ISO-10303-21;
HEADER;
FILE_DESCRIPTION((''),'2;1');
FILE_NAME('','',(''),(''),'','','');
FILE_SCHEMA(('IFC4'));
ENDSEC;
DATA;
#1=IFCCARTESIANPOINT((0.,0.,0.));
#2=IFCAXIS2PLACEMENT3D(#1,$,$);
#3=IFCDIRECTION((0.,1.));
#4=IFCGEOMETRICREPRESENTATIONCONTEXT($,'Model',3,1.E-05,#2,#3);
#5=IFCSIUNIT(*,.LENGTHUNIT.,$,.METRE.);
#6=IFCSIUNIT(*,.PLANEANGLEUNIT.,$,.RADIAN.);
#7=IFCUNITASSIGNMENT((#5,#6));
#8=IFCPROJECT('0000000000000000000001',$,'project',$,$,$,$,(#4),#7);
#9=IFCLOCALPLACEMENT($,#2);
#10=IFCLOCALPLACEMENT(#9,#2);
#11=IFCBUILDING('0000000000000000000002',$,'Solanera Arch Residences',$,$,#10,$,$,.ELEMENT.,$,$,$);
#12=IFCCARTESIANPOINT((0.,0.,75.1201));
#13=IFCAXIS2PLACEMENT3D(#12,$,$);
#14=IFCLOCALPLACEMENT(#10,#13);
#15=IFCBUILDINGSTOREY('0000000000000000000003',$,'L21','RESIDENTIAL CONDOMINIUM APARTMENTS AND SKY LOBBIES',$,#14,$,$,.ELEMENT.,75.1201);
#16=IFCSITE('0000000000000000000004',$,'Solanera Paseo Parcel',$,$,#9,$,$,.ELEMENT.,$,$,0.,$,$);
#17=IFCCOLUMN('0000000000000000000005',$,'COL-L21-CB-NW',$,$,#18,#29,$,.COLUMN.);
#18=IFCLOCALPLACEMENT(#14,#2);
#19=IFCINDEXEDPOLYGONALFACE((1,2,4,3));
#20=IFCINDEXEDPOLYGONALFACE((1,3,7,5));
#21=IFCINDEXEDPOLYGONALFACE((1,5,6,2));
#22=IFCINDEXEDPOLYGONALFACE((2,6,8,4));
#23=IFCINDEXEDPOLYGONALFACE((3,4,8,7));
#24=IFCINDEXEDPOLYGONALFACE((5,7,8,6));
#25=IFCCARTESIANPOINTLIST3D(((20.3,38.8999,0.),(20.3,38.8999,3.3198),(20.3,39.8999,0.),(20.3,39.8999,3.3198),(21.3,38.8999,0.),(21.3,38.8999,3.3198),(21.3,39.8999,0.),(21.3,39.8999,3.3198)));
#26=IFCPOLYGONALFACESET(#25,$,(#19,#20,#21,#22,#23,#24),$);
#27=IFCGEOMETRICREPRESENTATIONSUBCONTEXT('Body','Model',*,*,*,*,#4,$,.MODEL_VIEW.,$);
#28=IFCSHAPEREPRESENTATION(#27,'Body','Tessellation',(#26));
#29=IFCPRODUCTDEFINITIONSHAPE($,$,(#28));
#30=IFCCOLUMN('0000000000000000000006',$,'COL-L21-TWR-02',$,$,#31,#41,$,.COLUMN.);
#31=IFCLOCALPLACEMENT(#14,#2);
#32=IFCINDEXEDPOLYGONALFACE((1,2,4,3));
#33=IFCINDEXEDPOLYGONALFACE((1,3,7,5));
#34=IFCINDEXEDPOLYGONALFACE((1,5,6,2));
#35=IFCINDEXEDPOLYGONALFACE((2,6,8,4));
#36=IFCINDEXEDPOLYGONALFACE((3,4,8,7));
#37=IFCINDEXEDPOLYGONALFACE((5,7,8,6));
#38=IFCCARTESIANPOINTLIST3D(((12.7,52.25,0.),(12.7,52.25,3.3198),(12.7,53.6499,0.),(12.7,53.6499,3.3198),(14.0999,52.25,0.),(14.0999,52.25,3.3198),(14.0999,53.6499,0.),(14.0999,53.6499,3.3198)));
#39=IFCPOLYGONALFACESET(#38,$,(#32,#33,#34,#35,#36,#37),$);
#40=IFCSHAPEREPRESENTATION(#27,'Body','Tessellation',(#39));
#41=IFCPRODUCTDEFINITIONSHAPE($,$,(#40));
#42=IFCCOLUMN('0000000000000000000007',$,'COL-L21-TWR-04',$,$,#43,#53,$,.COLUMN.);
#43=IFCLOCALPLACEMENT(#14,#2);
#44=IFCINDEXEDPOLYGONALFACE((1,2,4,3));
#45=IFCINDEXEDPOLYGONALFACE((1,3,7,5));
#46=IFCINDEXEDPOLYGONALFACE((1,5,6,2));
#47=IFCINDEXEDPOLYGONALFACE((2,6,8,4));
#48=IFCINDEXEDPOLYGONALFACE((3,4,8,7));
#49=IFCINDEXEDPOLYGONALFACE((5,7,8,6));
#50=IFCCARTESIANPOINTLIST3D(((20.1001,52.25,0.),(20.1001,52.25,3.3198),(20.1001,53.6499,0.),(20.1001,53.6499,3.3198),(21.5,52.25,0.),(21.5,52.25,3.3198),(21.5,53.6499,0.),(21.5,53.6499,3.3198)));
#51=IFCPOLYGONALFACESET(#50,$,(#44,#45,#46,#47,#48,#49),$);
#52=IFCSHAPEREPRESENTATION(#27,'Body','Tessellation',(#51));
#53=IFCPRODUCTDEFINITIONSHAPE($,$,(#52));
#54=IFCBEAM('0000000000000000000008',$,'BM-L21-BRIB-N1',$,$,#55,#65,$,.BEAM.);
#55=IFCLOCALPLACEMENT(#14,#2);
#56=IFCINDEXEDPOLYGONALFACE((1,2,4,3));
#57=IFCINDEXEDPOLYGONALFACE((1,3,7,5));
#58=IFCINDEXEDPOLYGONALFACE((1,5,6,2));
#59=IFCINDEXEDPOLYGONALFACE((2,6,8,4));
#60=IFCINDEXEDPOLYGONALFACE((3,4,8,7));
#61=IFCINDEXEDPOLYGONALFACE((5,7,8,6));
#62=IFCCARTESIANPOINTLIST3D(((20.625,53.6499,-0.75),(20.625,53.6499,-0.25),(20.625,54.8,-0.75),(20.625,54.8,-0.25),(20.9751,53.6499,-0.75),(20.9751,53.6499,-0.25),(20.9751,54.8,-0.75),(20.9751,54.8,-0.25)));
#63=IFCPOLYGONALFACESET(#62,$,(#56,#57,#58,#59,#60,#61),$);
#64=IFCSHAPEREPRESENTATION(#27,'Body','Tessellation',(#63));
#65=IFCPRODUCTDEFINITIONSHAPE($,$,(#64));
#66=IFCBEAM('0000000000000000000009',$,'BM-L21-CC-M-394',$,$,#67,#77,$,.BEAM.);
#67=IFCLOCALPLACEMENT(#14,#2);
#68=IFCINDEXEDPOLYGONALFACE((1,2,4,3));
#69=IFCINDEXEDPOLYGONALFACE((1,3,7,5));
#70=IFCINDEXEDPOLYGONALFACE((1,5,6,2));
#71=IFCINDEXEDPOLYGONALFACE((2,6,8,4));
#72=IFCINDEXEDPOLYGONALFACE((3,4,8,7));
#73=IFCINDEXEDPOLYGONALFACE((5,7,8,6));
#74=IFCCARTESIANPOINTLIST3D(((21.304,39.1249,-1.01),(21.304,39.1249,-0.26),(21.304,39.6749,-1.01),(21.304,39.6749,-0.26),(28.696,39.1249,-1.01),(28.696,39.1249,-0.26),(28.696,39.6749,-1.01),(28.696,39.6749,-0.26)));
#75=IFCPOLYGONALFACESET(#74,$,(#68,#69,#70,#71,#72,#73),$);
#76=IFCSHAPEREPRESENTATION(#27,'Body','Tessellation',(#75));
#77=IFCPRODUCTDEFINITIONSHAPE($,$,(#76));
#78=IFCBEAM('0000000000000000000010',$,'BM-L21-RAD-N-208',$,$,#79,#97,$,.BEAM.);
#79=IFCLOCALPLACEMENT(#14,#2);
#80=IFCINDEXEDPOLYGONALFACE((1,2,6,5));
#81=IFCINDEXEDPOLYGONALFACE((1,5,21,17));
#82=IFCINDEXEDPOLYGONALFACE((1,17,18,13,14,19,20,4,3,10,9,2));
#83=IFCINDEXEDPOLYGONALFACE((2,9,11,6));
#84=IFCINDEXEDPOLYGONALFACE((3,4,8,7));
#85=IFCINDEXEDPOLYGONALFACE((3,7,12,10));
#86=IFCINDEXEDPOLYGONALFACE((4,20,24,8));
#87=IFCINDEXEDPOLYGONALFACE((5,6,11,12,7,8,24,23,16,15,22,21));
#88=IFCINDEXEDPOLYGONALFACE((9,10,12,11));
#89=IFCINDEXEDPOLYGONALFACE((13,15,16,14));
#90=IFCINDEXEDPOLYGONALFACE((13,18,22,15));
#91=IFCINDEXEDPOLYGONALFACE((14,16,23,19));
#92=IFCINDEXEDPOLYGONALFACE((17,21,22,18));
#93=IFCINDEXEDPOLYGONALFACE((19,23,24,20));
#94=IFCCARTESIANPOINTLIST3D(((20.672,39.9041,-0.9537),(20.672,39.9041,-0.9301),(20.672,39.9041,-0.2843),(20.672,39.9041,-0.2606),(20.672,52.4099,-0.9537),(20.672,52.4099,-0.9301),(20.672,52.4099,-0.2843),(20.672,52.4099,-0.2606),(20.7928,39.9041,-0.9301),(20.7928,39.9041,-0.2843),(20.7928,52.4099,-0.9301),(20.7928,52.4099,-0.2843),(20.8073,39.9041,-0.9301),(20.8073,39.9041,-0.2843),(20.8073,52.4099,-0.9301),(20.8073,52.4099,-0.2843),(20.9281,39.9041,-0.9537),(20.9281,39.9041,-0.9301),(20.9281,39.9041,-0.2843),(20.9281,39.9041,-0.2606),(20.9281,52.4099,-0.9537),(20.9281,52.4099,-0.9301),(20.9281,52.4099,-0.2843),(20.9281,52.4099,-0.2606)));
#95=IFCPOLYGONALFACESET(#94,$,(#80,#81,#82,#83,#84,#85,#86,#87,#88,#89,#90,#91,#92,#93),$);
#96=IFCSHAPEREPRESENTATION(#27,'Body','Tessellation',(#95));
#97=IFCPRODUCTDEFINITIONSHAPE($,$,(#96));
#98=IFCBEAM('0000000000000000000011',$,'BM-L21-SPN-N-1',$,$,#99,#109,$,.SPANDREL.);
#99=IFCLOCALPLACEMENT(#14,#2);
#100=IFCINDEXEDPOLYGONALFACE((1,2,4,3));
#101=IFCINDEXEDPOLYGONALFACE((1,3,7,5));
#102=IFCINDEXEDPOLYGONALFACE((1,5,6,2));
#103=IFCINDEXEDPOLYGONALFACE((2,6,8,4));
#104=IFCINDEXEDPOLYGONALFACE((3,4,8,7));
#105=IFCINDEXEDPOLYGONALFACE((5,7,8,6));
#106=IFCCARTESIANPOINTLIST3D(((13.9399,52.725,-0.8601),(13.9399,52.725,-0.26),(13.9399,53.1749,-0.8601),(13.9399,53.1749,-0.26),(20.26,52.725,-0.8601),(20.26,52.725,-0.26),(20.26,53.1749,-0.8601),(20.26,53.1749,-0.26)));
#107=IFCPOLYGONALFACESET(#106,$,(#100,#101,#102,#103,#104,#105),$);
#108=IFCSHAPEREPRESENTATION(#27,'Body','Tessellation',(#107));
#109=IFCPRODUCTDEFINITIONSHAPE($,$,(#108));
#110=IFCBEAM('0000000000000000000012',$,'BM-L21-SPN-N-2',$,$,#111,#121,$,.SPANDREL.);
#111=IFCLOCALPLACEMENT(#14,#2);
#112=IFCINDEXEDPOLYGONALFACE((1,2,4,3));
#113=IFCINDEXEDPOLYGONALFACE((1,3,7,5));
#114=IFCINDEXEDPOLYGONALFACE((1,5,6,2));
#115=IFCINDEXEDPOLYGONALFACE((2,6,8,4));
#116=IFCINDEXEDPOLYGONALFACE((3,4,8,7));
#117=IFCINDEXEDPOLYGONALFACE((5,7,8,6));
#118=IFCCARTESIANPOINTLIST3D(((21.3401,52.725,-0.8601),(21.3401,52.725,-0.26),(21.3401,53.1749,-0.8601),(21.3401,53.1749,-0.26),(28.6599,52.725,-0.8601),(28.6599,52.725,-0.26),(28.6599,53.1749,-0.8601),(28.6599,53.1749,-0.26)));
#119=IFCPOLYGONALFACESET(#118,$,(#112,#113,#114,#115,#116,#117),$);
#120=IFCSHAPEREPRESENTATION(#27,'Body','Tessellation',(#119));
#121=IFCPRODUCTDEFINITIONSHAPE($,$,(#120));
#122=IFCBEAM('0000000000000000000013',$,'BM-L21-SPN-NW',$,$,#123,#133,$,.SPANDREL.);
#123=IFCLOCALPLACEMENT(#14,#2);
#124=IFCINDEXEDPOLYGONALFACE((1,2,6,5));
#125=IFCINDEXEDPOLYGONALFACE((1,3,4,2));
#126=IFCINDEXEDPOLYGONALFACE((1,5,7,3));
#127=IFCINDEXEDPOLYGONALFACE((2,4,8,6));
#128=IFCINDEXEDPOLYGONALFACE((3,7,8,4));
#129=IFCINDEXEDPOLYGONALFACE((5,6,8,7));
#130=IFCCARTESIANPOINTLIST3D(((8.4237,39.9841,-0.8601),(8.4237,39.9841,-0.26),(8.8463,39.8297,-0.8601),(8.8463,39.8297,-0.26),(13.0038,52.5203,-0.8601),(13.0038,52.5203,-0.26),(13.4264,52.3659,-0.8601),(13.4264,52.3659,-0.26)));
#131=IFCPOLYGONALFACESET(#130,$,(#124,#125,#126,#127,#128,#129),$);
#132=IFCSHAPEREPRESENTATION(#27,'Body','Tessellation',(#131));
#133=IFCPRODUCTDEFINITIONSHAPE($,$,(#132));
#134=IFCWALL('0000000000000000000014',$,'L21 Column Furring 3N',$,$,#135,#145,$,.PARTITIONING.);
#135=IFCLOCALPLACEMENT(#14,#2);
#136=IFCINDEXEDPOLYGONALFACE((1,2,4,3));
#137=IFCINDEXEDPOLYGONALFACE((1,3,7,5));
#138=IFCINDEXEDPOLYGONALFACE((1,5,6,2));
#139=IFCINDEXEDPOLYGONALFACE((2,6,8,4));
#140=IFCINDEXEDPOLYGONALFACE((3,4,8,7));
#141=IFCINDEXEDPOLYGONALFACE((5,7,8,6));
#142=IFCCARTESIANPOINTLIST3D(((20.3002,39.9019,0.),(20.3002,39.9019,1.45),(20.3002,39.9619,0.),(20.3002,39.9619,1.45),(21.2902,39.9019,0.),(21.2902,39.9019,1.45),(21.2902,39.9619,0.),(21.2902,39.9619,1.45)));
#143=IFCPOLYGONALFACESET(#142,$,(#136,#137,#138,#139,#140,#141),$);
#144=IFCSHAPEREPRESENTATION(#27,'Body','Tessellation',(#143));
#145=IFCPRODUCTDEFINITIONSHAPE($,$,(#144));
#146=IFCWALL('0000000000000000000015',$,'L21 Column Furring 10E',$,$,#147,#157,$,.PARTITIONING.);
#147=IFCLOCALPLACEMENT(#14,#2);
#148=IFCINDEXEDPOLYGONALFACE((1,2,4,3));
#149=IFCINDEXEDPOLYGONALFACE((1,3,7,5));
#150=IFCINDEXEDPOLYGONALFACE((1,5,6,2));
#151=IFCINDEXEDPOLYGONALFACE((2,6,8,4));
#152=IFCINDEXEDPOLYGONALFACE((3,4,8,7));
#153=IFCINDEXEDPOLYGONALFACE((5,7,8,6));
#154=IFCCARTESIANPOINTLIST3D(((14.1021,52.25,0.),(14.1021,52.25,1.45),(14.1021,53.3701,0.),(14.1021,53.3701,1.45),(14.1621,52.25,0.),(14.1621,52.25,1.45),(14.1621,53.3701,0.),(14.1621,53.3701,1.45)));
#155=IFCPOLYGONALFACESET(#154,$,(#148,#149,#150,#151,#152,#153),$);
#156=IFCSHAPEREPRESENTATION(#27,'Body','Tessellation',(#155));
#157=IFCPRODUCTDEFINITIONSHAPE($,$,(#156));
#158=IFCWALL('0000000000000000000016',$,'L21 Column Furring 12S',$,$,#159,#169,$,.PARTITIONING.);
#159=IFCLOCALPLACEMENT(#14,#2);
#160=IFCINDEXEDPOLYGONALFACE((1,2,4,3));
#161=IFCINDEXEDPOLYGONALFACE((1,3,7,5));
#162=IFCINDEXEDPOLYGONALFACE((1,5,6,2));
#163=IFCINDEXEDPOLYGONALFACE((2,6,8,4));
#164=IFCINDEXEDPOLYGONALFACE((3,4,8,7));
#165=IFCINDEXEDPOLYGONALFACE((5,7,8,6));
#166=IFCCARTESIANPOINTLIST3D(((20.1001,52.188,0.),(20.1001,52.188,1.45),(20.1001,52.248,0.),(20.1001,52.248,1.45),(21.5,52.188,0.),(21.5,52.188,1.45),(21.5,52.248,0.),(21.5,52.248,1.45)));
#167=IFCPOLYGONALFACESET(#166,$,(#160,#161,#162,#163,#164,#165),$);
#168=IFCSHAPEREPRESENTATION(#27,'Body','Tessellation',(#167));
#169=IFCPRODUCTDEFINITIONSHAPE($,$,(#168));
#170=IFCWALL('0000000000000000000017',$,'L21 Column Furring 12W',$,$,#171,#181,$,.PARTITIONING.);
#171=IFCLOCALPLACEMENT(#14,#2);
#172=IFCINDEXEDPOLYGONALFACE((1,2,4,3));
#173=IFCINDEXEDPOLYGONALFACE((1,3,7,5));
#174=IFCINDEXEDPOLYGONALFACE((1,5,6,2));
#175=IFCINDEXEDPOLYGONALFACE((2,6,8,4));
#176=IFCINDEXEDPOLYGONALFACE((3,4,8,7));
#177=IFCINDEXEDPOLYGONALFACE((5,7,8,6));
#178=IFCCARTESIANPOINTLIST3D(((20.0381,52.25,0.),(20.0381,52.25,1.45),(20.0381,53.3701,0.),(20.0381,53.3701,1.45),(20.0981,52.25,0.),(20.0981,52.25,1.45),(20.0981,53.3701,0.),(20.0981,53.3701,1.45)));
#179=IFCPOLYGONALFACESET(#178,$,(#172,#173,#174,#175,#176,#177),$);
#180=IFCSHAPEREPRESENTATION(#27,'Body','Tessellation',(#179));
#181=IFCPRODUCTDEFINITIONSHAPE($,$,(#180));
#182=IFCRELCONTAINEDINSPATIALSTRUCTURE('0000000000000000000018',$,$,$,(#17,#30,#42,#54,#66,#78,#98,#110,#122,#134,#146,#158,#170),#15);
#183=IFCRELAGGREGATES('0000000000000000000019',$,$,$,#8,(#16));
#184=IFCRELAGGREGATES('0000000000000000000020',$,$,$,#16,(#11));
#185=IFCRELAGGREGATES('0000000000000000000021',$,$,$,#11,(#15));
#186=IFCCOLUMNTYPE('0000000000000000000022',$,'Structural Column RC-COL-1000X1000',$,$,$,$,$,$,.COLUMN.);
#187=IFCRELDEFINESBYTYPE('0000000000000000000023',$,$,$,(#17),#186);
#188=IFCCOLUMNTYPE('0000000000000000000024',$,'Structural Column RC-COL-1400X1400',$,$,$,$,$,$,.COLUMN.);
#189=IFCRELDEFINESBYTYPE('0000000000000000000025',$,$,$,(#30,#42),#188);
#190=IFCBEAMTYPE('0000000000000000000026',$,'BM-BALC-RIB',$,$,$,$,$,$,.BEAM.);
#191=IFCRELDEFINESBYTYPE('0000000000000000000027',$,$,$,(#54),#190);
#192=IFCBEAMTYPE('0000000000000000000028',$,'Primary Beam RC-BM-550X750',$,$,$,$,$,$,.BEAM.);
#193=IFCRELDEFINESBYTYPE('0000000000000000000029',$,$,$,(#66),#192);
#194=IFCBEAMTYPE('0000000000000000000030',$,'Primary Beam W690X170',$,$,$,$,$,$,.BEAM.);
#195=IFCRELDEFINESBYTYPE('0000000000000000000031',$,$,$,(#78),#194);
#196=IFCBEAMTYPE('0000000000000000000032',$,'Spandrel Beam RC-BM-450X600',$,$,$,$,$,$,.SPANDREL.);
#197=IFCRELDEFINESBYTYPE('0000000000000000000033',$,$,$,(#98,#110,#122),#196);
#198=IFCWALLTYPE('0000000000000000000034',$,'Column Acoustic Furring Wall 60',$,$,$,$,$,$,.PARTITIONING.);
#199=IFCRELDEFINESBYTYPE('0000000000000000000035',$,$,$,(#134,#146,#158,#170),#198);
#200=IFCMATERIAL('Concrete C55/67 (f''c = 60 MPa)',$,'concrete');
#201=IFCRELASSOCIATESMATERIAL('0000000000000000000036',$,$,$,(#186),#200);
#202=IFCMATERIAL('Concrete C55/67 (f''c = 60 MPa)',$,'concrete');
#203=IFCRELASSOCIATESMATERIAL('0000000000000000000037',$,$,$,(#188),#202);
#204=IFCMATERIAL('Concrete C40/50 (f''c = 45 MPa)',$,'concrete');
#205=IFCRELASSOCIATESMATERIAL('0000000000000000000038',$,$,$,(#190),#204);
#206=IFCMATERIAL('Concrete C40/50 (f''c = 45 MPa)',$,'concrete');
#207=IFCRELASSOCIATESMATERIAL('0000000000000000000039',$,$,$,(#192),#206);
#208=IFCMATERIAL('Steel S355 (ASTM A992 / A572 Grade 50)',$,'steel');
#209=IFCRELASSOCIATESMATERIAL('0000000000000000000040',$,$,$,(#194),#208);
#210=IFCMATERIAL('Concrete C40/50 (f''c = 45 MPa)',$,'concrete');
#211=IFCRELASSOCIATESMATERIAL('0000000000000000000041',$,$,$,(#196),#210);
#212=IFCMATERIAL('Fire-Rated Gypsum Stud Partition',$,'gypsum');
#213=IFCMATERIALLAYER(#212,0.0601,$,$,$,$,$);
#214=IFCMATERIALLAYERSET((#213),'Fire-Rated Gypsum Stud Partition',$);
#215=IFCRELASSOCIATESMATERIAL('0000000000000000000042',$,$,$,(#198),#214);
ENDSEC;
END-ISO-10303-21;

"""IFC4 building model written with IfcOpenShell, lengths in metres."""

from ifc_helpers import new_model, si_unit, direction, frame, frame_2d, origin, origin_2d, place, context, subcontext, project, spatial, rectangle, i_section, extrude, material, layer, layer_set, material_profile, profile_set, type_object, element, save


model = new_model("IFC4")

# Units and contexts
model_context = context("Model", 3, precision=1e-05, world=origin(), true_north=direction((0.0, 1.0)))
body_context = subcontext(model_context, "Body", "Model", "MODEL_VIEW")
ifc_project = project(units=[si_unit("LENGTHUNIT", "METRE"), si_unit("PLANEANGLEUNIT", "RADIAN")], contexts=[model_context])

# Site, building, storey
site_placement = place(None, origin())
site = spatial("IfcSite", under=ifc_project, at=site_placement, Name="Solanera Paseo Parcel", CompositionType="ELEMENT", RefElevation=0.0)
building_placement = place(site_placement, origin())
building = spatial("IfcBuilding", under=site, at=building_placement, Name="Solanera Arch Residences", CompositionType="ELEMENT")
storey_placement = place(building_placement, frame((0.0, 0.0, 75.1201)))
storey = spatial("IfcBuildingStorey", under=building, at=storey_placement, Name="L21", Description="RESIDENTIAL CONDOMINIUM APARTMENTS AND SKY LOBBIES", CompositionType="ELEMENT", Elevation=75.1201)

# Columns
ifc_material_1 = material(Name="Concrete C55/67 (f'c = 60 MPa)", Category="concrete")
ifc_material_profile_1 = material_profile(ifc_material_1, rectangle(XDim=1.0, YDim=1.0, at=origin_2d()))
ifc_profile_set_1 = profile_set([ifc_material_profile_1], Name="Concrete C55/67 (f'c = 60 MPa)")
column_type_1 = type_object("IfcColumnType", Name="Structural Column RC-COL-1000X1000", PredefinedType="COLUMN", material=ifc_profile_set_1)
column_placement = place(storey_placement, frame((20.8, 39.3999, 0.0), z_axis=(0.0, 0.0, 1.0), x_axis=(1.0, 0.0, 0.0)))
element("IfcColumn", 1, at=column_placement, inside=storey, type_object=column_type_1, Name="COL-L21-CB-NW", PredefinedType="COLUMN", context=body_context, shape_type="SweptSolid", body=[
    extrude(rectangle(XDim=1.0, YDim=1.0, at=origin_2d()), origin(), (0.0, 0.0, 1.0), 3.3198),
])
ifc_material_2 = material(Name="Concrete C55/67 (f'c = 60 MPa)", Category="concrete")
ifc_material_profile_2 = material_profile(ifc_material_2, rectangle(XDim=1.3999, YDim=1.3999, at=origin_2d()))
ifc_profile_set_2 = profile_set([ifc_material_profile_2], Name="Concrete C55/67 (f'c = 60 MPa)")
column_type_2 = type_object("IfcColumnType", Name="Structural Column RC-COL-1400X1400", PredefinedType="COLUMN", material=ifc_profile_set_2)
for number, where, z_axis, x_axis, name in (
    (2, (13.3999, 52.95, 0.0), (0.0, 0.0, 1.0), (1.0, 0.0, 0.0), "COL-L21-TWR-02"),
    (3, (20.8, 52.95, 0.0), (0.0, 0.0, 1.0), (1.0, 0.0, 0.0), "COL-L21-TWR-04"),
):
    element("IfcColumn", number, at=place(storey_placement, frame(where, z_axis=z_axis, x_axis=x_axis)), inside=storey, type_object=column_type_2, Name=name, PredefinedType="COLUMN", context=body_context, shape_type="SweptSolid", body=[
        extrude(rectangle(XDim=1.3999, YDim=1.3999, at=origin_2d()), origin(), (0.0, 0.0, 1.0), 3.3198),
    ])

# Beams
ifc_material_3 = material(Name="Concrete C40/50 (f'c = 45 MPa)", Category="concrete")
ifc_material_profile_3 = material_profile(ifc_material_3, rectangle(XDim=0.3501, YDim=0.5, at=origin_2d()))
ifc_profile_set_3 = profile_set([ifc_material_profile_3], Name="Concrete C40/50 (f'c = 45 MPa)")
beam_type_1 = type_object("IfcBeamType", Name="BM-BALC-RIB", PredefinedType="BEAM", material=ifc_profile_set_3)
beam_1_placement = place(storey_placement, frame((20.8, 53.6499, -0.5), z_axis=(0.0, 1.0, 0.0), x_axis=(-1.0, 0.0, 0.0)))
element("IfcBeam", 4, at=beam_1_placement, inside=storey, type_object=beam_type_1, Name="BM-L21-BRIB-N1", PredefinedType="BEAM", context=body_context, shape_type="SweptSolid", body=[
    extrude(rectangle(XDim=0.3501, YDim=0.5, at=origin_2d()), origin(), (0.0, 0.0, 1.0), 1.1501),
])
ifc_material_4 = material(Name="Concrete C40/50 (f'c = 45 MPa)", Category="concrete")
ifc_material_profile_4 = material_profile(ifc_material_4, rectangle(XDim=0.55, YDim=0.75, at=origin_2d()))
ifc_profile_set_4 = profile_set([ifc_material_profile_4], Name="Concrete C40/50 (f'c = 45 MPa)")
beam_type_2 = type_object("IfcBeamType", Name="Primary Beam RC-BM-550X750", PredefinedType="BEAM", material=ifc_profile_set_4)
beam_2_placement = place(storey_placement, frame((21.304, 39.3999, -0.635), z_axis=(1.0, 0.0, 0.0), x_axis=(0.0, 1.0, 0.0)))
element("IfcBeam", 5, at=beam_2_placement, inside=storey, type_object=beam_type_2, Name="BM-L21-CC-M-394", PredefinedType="BEAM", context=body_context, shape_type="SweptSolid", body=[
    extrude(rectangle(XDim=0.55, YDim=0.75, at=origin_2d()), origin(), (0.0, 0.0, 1.0), 7.3921),
])
ifc_material_5 = material(Name="Steel S355 (ASTM A992 / A572 Grade 50)", Category="steel")
ifc_material_profile_5 = material_profile(ifc_material_5, i_section(OverallWidth=0.2561, OverallDepth=0.6931, WebThickness=0.0144, FlangeThickness=0.0237, at=origin_2d()))
ifc_profile_set_5 = profile_set([ifc_material_profile_5], Name="Steel S355 (ASTM A992 / A572 Grade 50)")
beam_type_3 = type_object("IfcBeamType", Name="Primary Beam W690X170", PredefinedType="BEAM", material=ifc_profile_set_5)
beam_3_placement = place(storey_placement, frame((20.8, 39.9041, -0.6072), z_axis=(0.0, 1.0, 0.0), x_axis=(-1.0, 0.0, 0.0)))
element("IfcBeam", 6, at=beam_3_placement, inside=storey, type_object=beam_type_3, Name="BM-L21-RAD-N-208", PredefinedType="BEAM", context=body_context, shape_type="SweptSolid", body=[
    extrude(i_section(OverallWidth=0.2561, OverallDepth=0.6931, WebThickness=0.0144, FlangeThickness=0.0237, at=origin_2d()), origin(), (0.0, 0.0, 1.0), 12.5059),
])
ifc_material_6 = material(Name="Concrete C40/50 (f'c = 45 MPa)", Category="concrete")
ifc_material_profile_6 = material_profile(ifc_material_6, rectangle(XDim=0.45, YDim=0.6001, at=origin_2d()))
ifc_profile_set_6 = profile_set([ifc_material_profile_6], Name="Concrete C40/50 (f'c = 45 MPa)")
beam_type_4 = type_object("IfcBeamType", Name="Spandrel Beam RC-BM-450X600", PredefinedType="SPANDREL", material=ifc_profile_set_6)
beam_4_placement = place(storey_placement, frame((13.9399, 52.95, -0.5601), z_axis=(1.0, 0.0, 0.0), x_axis=(0.0, 1.0, 0.0)))
element("IfcBeam", 7, at=beam_4_placement, inside=storey, type_object=beam_type_4, Name="BM-L21-SPN-N-1", PredefinedType="SPANDREL", context=body_context, shape_type="SweptSolid", body=[
    extrude(rectangle(XDim=0.45, YDim=0.6001, at=origin_2d()), origin(), (0.0, 0.0, 1.0), 6.3201),
])
beam_5_placement = place(storey_placement, frame((21.3401, 52.95, -0.5601), z_axis=(1.0, 0.0, 0.0), x_axis=(0.0, 1.0, 0.0)))
element("IfcBeam", 8, at=beam_5_placement, inside=storey, type_object=beam_type_4, Name="BM-L21-SPN-N-2", PredefinedType="SPANDREL", context=body_context, shape_type="SweptSolid", body=[
    extrude(rectangle(XDim=0.45, YDim=0.6001, at=origin_2d()), origin(), (0.0, 0.0, 1.0), 7.3198),
])
beam_6_placement = place(storey_placement, frame((13.2151, 52.4431, -0.5601), z_axis=(-0.343164, -0.939275, 0.0), x_axis=(0.939275, -0.343164, 0.0)))
element("IfcBeam", 9, at=beam_6_placement, inside=storey, type_object=beam_type_4, Name="BM-L21-SPN-NW", PredefinedType="SPANDREL", context=body_context, shape_type="SweptSolid", body=[
    extrude(rectangle(XDim=0.45, YDim=0.6001, at=origin_2d()), origin(), (0.0, 0.0, 1.0), 13.3467),
])

# Walls
ifc_material_7 = material(Name="Fire-Rated Gypsum Stud Partition", Category="gypsum")
ifc_layer_1 = layer(ifc_material_7, 0.0601)
ifc_layer_set_1 = layer_set([ifc_layer_1], Name="Fire-Rated Gypsum Stud Partition")
wall_type_1 = type_object("IfcWallType", Name="Column Acoustic Furring Wall 60", PredefinedType="PARTITIONING", material=ifc_layer_set_1)
wall_1_placement = place(storey_placement, frame((20.3, 39.9319, 0.0), z_axis=(0.0, 0.0, 1.0), x_axis=(1.0, 0.0, 0.0)))
element("IfcWall", 10, at=wall_1_placement, inside=storey, type_object=wall_type_1, Name="L21 Column Furring 3N", PredefinedType="PARTITIONING", context=body_context, shape_type="SweptSolid", body=[
    extrude(rectangle(XDim=0.99, YDim=0.0601, at=frame_2d((0.4951, 0.0))), origin(), (0.0, 0.0, 1.0), 1.45),
])
wall_2_placement = place(storey_placement, frame((14.1321, 52.25, 0.0), z_axis=(0.0, 0.0, 1.0), x_axis=(0.0, 1.0, 0.0)))
element("IfcWall", 11, at=wall_2_placement, inside=storey, type_object=wall_type_1, Name="L21 Column Furring 10E", PredefinedType="PARTITIONING", context=body_context, shape_type="SweptSolid", body=[
    extrude(rectangle(XDim=1.1201, YDim=0.0601, at=frame_2d((0.5601, 0.0))), origin(), (0.0, 0.0, 1.0), 1.45),
])
wall_3_placement = place(storey_placement, frame((20.1001, 52.218, 0.0), z_axis=(0.0, 0.0, 1.0), x_axis=(1.0, 0.0, 0.0)))
element("IfcWall", 12, at=wall_3_placement, inside=storey, type_object=wall_type_1, Name="L21 Column Furring 12S", PredefinedType="PARTITIONING", context=body_context, shape_type="SweptSolid", body=[
    extrude(rectangle(XDim=1.3999, YDim=0.0601, at=frame_2d((0.7, 0.0))), origin(), (0.0, 0.0, 1.0), 1.45),
])
for number, where, z_axis, x_axis, name in (
    (13, (20.0681, 52.25, 0.0), (0.0, 0.0, 1.0), (0.0, 1.0, 0.0), "L21 Column Furring 12W"),
):
    element("IfcWall", number, at=place(storey_placement, frame(where, z_axis=z_axis, x_axis=x_axis)), inside=storey, type_object=wall_type_1, Name=name, PredefinedType="PARTITIONING", context=body_context, shape_type="SweptSolid", body=[
        extrude(rectangle(XDim=1.1201, YDim=0.0601, at=frame_2d((0.5601, 0.0))), origin(), (0.0, 0.0, 1.0), 1.45),
    ])

save(model, "model.ifc")
